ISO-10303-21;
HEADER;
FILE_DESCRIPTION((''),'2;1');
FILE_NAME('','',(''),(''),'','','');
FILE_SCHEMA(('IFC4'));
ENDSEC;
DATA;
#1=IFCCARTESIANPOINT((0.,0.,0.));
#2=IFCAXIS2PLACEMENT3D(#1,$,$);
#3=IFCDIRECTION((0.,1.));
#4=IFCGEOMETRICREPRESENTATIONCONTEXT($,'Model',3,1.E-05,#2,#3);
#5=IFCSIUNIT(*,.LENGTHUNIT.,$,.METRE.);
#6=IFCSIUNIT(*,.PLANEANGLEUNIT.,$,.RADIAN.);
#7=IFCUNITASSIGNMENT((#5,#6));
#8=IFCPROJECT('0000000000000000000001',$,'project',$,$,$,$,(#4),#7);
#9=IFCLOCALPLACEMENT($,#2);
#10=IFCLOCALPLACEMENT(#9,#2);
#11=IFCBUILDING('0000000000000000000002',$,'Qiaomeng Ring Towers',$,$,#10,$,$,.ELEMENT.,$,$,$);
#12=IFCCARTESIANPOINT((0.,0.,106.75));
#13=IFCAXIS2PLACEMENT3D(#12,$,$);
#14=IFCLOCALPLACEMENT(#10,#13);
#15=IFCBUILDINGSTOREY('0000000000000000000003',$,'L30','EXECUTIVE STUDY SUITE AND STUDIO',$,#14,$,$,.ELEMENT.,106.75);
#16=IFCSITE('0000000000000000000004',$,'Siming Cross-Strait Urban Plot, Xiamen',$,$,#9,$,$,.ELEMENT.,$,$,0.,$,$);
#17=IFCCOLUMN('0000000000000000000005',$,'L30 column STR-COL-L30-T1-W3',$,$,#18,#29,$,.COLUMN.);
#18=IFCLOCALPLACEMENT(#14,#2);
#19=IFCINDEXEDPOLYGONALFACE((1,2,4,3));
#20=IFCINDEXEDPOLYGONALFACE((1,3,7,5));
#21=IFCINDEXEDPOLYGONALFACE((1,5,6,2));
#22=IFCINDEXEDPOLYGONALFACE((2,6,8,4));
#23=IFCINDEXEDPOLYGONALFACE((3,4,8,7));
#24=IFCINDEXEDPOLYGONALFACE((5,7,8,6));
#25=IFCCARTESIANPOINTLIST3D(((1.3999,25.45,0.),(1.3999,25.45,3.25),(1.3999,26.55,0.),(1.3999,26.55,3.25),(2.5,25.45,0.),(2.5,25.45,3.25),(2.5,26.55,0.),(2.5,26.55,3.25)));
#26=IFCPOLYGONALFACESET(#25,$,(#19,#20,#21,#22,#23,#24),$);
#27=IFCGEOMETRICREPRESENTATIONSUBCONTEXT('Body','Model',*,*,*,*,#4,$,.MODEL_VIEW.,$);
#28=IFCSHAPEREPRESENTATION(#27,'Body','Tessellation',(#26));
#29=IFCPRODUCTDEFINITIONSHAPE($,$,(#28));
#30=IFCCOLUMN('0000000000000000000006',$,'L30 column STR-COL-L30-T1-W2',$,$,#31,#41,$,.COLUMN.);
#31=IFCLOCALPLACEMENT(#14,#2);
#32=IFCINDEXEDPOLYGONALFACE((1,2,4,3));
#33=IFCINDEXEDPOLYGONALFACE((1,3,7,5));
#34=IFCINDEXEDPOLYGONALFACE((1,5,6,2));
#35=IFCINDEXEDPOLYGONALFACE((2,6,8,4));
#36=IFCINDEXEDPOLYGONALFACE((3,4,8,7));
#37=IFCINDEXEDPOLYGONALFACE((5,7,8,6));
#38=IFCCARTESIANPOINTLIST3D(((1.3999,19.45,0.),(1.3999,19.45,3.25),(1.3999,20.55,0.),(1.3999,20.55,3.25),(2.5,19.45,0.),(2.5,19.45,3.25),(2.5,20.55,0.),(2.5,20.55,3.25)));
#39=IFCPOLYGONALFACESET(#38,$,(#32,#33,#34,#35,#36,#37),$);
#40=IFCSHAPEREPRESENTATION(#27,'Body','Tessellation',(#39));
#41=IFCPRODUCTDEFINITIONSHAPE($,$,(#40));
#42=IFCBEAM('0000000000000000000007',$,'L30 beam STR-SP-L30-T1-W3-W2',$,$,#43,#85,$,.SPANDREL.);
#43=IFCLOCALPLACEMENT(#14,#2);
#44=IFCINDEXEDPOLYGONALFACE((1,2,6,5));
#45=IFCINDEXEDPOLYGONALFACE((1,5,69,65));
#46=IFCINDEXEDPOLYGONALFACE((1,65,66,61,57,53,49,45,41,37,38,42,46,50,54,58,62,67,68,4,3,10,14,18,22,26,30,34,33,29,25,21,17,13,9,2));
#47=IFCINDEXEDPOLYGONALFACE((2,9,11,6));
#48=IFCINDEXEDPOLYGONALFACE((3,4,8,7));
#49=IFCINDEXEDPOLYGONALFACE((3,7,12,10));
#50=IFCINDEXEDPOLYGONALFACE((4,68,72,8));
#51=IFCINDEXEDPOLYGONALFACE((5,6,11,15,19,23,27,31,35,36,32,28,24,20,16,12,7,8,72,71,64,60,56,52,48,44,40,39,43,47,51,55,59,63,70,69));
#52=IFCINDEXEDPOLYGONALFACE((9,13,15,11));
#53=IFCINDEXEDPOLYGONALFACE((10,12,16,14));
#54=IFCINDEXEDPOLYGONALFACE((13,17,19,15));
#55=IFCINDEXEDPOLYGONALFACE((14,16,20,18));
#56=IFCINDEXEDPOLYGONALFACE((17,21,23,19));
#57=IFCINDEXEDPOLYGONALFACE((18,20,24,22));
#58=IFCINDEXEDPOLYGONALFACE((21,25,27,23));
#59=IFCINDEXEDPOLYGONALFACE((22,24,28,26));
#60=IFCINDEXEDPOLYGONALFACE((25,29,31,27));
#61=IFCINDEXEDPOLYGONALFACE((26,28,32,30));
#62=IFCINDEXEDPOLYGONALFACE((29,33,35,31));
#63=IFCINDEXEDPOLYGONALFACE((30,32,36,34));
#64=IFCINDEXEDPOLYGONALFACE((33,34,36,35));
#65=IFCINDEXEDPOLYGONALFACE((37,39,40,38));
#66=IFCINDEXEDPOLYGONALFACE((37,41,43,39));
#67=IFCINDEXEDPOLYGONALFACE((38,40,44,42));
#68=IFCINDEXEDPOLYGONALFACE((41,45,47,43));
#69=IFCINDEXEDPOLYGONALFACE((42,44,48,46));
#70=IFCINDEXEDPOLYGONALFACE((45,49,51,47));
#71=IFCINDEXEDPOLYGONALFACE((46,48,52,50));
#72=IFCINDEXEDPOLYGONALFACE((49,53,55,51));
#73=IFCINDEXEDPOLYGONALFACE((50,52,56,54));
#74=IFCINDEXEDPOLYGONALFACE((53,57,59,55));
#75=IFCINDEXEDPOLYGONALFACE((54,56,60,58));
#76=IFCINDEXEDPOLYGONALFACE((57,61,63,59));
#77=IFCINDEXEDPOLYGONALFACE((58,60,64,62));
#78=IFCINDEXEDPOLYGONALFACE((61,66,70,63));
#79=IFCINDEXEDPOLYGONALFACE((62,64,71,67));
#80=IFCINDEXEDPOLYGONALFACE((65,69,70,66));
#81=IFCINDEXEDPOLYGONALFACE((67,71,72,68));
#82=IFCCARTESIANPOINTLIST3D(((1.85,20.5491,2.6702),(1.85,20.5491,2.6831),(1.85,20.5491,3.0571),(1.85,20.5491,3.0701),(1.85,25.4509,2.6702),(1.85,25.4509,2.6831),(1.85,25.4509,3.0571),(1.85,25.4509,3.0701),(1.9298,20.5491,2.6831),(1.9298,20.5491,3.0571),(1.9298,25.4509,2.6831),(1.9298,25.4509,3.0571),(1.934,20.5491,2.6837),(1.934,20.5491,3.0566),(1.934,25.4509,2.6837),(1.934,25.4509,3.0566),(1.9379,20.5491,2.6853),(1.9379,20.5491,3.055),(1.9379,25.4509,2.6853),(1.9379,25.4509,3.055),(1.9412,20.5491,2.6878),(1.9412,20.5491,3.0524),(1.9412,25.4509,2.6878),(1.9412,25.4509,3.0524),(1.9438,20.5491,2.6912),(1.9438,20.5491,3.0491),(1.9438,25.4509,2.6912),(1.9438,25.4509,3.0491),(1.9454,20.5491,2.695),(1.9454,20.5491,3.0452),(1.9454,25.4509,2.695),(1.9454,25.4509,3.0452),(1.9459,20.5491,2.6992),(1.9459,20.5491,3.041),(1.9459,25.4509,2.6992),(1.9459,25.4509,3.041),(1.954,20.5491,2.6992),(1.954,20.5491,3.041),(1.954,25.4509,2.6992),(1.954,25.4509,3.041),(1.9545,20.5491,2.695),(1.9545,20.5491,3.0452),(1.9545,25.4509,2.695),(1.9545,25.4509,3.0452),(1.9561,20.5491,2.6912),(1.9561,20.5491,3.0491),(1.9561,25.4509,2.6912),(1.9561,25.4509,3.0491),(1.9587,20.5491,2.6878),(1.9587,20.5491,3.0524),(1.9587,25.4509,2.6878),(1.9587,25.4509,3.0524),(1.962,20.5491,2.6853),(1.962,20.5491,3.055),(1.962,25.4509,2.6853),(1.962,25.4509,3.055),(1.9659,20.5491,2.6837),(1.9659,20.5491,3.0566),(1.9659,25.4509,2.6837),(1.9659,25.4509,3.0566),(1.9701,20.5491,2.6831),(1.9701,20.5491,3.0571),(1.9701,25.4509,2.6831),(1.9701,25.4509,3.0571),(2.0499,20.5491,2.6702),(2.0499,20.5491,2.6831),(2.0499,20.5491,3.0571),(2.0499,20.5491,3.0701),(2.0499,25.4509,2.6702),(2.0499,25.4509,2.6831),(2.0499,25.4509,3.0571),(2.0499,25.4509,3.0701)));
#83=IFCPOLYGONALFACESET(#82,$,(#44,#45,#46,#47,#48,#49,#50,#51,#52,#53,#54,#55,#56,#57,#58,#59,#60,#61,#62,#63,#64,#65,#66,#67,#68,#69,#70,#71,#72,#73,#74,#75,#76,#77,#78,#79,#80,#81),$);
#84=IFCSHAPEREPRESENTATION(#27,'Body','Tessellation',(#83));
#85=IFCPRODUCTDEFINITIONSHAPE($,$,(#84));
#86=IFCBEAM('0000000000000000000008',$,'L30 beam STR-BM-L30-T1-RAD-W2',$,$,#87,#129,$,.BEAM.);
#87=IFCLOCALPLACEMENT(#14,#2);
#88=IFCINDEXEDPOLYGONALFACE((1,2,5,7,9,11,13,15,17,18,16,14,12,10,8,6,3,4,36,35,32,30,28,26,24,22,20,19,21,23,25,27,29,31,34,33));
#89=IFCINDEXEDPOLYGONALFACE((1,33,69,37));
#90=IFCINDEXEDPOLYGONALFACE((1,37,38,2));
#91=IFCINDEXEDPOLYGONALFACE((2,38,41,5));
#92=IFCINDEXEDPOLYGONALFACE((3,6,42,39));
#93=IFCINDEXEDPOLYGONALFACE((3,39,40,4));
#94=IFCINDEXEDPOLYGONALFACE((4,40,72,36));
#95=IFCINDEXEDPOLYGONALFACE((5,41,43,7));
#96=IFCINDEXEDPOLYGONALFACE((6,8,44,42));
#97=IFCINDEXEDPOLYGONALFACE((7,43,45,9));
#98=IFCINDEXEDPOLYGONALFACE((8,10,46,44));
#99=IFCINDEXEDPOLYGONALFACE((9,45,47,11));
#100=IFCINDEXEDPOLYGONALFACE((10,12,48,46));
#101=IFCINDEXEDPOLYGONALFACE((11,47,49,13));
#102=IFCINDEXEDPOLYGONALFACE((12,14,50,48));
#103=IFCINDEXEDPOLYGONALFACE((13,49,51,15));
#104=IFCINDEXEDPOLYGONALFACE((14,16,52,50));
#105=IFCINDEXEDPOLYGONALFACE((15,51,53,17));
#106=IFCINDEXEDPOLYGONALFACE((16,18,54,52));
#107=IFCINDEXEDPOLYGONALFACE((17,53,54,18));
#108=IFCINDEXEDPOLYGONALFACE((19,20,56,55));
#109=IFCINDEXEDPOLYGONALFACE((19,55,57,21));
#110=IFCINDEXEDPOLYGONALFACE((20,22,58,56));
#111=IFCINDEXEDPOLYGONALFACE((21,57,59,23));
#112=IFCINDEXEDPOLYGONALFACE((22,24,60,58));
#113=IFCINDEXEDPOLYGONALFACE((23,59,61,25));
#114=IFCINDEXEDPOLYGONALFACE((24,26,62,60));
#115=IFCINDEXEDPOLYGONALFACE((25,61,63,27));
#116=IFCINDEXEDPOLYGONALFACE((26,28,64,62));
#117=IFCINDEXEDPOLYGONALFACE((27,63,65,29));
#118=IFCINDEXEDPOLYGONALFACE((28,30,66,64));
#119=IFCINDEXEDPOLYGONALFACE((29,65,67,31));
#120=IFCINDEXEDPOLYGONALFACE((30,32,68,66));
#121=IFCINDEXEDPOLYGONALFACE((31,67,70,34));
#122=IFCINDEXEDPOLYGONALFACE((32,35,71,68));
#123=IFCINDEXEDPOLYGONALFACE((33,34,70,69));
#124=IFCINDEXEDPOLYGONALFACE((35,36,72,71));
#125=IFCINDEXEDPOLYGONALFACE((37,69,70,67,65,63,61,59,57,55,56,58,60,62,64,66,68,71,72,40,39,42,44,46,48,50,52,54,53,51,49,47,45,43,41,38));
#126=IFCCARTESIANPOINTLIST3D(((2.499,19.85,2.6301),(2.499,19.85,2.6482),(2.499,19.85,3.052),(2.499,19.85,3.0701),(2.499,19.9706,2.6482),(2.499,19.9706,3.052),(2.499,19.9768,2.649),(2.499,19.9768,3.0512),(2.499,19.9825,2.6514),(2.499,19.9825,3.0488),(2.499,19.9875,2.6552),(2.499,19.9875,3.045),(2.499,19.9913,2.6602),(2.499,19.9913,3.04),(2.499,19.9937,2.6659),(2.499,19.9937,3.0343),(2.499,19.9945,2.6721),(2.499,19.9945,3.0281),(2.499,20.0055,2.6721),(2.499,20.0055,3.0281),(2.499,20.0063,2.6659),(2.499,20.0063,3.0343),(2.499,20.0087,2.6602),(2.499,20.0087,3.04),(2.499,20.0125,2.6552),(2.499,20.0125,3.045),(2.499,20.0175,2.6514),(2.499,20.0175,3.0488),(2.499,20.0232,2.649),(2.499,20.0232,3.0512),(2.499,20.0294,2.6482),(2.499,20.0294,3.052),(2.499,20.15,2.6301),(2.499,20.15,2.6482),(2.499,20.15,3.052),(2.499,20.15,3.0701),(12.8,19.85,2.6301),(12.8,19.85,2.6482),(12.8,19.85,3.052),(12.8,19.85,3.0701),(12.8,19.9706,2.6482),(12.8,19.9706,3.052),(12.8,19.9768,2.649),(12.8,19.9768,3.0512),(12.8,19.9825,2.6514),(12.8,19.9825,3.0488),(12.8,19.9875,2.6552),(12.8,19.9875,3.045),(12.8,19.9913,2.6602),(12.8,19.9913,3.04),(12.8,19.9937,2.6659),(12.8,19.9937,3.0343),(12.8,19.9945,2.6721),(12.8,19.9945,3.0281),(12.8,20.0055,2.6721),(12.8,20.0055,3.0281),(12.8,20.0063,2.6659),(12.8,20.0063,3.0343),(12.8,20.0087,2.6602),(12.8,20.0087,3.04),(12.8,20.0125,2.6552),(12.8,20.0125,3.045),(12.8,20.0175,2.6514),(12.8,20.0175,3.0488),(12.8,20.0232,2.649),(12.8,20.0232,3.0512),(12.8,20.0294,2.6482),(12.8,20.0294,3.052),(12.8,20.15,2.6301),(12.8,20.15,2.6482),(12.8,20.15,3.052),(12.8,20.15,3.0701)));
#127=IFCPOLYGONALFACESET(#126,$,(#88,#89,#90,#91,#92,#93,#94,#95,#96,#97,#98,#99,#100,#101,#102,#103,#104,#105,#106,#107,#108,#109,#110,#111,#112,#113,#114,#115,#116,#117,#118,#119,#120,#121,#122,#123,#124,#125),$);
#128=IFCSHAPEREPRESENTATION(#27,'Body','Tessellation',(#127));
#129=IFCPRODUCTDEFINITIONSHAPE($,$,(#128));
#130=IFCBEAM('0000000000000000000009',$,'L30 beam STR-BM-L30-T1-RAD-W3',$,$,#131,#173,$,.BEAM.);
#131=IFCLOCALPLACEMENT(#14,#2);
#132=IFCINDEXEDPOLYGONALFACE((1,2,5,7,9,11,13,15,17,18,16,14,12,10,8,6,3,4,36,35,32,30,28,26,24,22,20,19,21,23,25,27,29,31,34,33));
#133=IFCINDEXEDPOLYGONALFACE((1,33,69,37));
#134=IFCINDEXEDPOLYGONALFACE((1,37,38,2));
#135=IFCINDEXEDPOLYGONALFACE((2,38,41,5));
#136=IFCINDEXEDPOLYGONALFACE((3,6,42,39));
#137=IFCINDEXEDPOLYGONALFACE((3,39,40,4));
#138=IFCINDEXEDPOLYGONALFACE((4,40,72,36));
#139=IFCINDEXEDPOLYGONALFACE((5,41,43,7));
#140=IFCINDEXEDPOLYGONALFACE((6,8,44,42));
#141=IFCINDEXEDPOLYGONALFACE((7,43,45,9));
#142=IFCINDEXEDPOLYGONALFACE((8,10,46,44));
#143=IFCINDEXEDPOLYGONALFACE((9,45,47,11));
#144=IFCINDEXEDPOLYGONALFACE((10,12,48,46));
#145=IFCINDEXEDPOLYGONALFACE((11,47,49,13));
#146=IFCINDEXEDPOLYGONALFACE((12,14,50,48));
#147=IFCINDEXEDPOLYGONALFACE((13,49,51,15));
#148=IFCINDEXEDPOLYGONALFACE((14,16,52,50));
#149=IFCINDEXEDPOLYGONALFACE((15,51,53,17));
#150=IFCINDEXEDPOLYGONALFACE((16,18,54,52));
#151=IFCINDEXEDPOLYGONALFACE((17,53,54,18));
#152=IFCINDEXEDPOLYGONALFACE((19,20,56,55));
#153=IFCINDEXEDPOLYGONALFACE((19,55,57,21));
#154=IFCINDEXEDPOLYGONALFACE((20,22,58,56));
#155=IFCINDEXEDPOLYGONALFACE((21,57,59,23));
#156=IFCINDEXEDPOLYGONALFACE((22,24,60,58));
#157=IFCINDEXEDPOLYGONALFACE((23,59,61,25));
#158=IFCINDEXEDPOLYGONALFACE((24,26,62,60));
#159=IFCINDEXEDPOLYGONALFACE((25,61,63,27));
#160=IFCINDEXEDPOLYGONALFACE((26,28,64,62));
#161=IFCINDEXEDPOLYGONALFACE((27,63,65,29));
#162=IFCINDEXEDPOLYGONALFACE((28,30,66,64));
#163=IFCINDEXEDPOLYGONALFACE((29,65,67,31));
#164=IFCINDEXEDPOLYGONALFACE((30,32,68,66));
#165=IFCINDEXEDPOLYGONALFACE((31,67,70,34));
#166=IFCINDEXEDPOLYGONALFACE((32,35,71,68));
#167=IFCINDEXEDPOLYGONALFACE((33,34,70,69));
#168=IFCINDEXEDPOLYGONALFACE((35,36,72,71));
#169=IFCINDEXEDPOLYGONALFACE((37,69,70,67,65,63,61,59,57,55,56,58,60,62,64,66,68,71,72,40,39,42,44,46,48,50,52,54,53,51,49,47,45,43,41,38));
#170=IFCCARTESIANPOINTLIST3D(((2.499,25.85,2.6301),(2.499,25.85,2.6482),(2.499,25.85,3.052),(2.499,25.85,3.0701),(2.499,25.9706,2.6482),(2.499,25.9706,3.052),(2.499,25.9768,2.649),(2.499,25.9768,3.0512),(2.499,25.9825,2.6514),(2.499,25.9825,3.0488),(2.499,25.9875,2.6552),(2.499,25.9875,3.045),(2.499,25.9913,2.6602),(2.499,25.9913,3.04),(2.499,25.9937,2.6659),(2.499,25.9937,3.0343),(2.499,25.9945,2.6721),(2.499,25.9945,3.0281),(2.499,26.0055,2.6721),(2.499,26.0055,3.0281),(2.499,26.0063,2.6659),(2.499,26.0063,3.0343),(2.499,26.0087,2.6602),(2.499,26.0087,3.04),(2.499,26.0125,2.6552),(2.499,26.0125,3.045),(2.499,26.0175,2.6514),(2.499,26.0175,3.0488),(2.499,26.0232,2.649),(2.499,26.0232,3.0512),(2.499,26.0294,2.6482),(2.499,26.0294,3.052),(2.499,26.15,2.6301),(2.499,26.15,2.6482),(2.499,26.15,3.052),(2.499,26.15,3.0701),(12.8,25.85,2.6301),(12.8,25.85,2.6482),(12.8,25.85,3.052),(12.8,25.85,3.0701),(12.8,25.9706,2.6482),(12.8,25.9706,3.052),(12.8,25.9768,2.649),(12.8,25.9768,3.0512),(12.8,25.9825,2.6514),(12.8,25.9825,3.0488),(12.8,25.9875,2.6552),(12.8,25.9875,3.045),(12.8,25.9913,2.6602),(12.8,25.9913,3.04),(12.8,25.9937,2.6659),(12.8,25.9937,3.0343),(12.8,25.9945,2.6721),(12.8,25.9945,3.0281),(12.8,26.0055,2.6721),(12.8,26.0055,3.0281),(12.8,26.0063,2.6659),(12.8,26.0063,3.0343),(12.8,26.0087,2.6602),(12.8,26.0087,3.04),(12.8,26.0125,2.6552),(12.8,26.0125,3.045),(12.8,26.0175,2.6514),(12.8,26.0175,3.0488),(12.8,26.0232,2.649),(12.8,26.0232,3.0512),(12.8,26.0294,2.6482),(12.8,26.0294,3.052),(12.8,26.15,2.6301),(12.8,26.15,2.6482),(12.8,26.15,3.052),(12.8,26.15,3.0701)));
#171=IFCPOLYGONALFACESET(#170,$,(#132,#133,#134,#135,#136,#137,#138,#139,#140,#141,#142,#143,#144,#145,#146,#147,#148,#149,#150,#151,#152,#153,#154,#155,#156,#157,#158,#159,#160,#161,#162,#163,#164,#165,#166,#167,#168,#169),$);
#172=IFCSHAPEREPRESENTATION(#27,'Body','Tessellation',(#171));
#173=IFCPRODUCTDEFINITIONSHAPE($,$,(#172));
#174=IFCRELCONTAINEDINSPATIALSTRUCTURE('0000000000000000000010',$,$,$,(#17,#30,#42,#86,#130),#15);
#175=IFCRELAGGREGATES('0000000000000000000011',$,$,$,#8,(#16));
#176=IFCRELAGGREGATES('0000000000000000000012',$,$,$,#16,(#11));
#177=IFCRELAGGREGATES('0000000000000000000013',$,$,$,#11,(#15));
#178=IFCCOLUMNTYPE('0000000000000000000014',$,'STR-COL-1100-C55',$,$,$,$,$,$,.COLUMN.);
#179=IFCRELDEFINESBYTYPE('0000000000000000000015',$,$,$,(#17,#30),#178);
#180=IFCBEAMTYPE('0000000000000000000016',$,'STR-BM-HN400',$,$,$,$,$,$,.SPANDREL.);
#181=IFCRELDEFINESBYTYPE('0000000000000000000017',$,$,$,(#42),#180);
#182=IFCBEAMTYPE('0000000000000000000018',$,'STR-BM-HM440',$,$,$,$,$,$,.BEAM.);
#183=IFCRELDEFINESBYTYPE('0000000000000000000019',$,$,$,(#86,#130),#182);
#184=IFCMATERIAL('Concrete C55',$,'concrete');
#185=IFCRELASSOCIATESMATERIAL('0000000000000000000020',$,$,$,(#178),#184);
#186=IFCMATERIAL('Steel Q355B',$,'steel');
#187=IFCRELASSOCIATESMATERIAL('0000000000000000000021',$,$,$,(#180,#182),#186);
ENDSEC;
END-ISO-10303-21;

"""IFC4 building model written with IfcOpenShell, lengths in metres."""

from ifc_helpers import new_model, si_unit, direction, frame, origin, origin_2d, place, context, subcontext, project, spatial, rectangle, i_section, extrude, source, transform, mapped, material, material_profile, profile_set, type_object, element, save


model = new_model("IFC4")

# Units and contexts
model_context = context("Model", 3, precision=1e-05, world=origin(), true_north=direction((0.0, 1.0)))
body_context = subcontext(model_context, "Body", "Model", "MODEL_VIEW")
ifc_project = project(units=[si_unit("LENGTHUNIT", "METRE"), si_unit("PLANEANGLEUNIT", "RADIAN")], contexts=[model_context])

# Site, building, storey
site_placement = place(None, origin())
site = spatial("IfcSite", under=ifc_project, at=site_placement, Name="Siming Cross-Strait Urban Plot, Xiamen", CompositionType="ELEMENT", RefElevation=0.0)
building_placement = place(site_placement, origin())
building = spatial("IfcBuilding", under=site, at=building_placement, Name="Qiaomeng Ring Towers", CompositionType="ELEMENT")
storey_placement = place(building_placement, frame((0.0, 0.0, 106.75)))
storey = spatial("IfcBuildingStorey", under=building, at=storey_placement, Name="L30", Description="EXECUTIVE STUDY SUITE AND STUDIO", CompositionType="ELEMENT", Elevation=106.75)

# Columns
ifc_material_1 = material(Name="Concrete C55", Category="concrete")
ifc_material_profile_1 = material_profile(ifc_material_1, rectangle(XDim=1.1001, YDim=1.1001, at=origin_2d()), Name="RC COL 1100x1100")
ifc_profile_set_1 = profile_set([ifc_material_profile_1], Name="Concrete C55")
column_type = type_object("IfcColumnType", Name="STR-COL-1100-C55", PredefinedType="COLUMN", material=ifc_profile_set_1)
shared_shape_1 = source(origin(), body_context, "Body", "SweptSolid", [
    extrude(rectangle(XDim=1.1001, YDim=1.1001, at=origin_2d()), origin(), (0.0, 0.0, 1.0), 3.25),
])
for number, where, z_axis, x_axis, name in (
    (1, (1.95, 26.0, 0.0), (0.0, 0.0, 1.0), (1.0, 0.0, 0.0), "L30 column STR-COL-L30-T1-W3"),
    (2, (1.95, 20.0, 0.0), (0.0, 0.0, 1.0), (1.0, 0.0, 0.0), "L30 column STR-COL-L30-T1-W2"),
):
    element("IfcColumn", number, at=place(storey_placement, frame(where, z_axis=z_axis, x_axis=x_axis)), inside=storey, type_object=column_type, Name=name, PredefinedType="COLUMN", context=body_context, shape_type="MappedRepresentation", body=[
        mapped(shared_shape_1, transform((0.0, 0.0, 0.0), x_axis=(1.0, 0.0, 0.0), y_axis=(0.0, 1.0, 0.0), z_axis=(0.0, 0.0, 1.0), scale=1.0)),
    ])

# Beams
ifc_material_2 = material(Name="Steel Q355B", Category="steel")
ifc_material_profile_2 = material_profile(ifc_material_2, i_section(OverallWidth=0.2, OverallDepth=0.3999, WebThickness=0.0081, FlangeThickness=0.0129, FilletRadius=0.0161, at=origin_2d()), Name="HN 400x200x8x13")
ifc_profile_set_2 = profile_set([ifc_material_profile_2], Name="Steel Q355B")
beam_type_1 = type_object("IfcBeamType", Name="STR-BM-HN400", PredefinedType="SPANDREL", material=ifc_profile_set_2)
shared_shape_2 = source(origin(), body_context, "Body", "SweptSolid", [
    extrude(i_section(OverallWidth=0.2, OverallDepth=0.3999, WebThickness=0.0081, FlangeThickness=0.0129, FilletRadius=0.0161, at=origin_2d()), origin(), (0.0, 0.0, 1.0), 4.9019),
])
beam_1_placement = place(storey_placement, frame((1.95, 25.4509, 2.8701), z_axis=(0.0, -1.0, 0.0), x_axis=(1.0, 0.0, 0.0)))
element("IfcBeam", 3, at=beam_1_placement, inside=storey, type_object=beam_type_1, Name="L30 beam STR-SP-L30-T1-W3-W2", PredefinedType="SPANDREL", context=body_context, shape_type="MappedRepresentation", body=[
    mapped(shared_shape_2, transform((0.0, 0.0, 0.0), x_axis=(1.0, 0.0, 0.0), y_axis=(0.0, 1.0, 0.0), z_axis=(0.0, 0.0, 1.0), scale=1.0)),
])
ifc_material_profile_3 = material_profile(ifc_material_2, i_section(OverallWidth=0.3, OverallDepth=0.4399, WebThickness=0.011, FlangeThickness=0.0181, FilletRadius=0.0239, at=origin_2d()), Name="HM 440x300x11x18")
ifc_profile_set_3 = profile_set([ifc_material_profile_3], Name="Steel Q355B")
beam_type_2 = type_object("IfcBeamType", Name="STR-BM-HM440", PredefinedType="BEAM", material=ifc_profile_set_3)
shared_shape_3 = source(origin(), body_context, "Body", "SweptSolid", [
    extrude(i_section(OverallWidth=0.3, OverallDepth=0.4399, WebThickness=0.011, FlangeThickness=0.0181, FilletRadius=0.0239, at=origin_2d()), origin(), (0.0, 0.0, 1.0), 10.301),
])
for number, where, z_axis, x_axis, name in (
    (4, (2.499, 20.0, 2.8501), (1.0, 0.0, 0.0), (0.0, 1.0, 0.0), "L30 beam STR-BM-L30-T1-RAD-W2"),
    (5, (2.499, 26.0, 2.8501), (1.0, 0.0, 0.0), (0.0, 1.0, 0.0), "L30 beam STR-BM-L30-T1-RAD-W3"),
):
    element("IfcBeam", number, at=place(storey_placement, frame(where, z_axis=z_axis, x_axis=x_axis)), inside=storey, type_object=beam_type_2, Name=name, PredefinedType="BEAM", context=body_context, shape_type="MappedRepresentation", body=[
        mapped(shared_shape_3, transform((0.0, 0.0, 0.0), x_axis=(1.0, 0.0, 0.0), y_axis=(0.0, 1.0, 0.0), z_axis=(0.0, 0.0, 1.0), scale=1.0)),
    ])

save(model, "model.ifc")
